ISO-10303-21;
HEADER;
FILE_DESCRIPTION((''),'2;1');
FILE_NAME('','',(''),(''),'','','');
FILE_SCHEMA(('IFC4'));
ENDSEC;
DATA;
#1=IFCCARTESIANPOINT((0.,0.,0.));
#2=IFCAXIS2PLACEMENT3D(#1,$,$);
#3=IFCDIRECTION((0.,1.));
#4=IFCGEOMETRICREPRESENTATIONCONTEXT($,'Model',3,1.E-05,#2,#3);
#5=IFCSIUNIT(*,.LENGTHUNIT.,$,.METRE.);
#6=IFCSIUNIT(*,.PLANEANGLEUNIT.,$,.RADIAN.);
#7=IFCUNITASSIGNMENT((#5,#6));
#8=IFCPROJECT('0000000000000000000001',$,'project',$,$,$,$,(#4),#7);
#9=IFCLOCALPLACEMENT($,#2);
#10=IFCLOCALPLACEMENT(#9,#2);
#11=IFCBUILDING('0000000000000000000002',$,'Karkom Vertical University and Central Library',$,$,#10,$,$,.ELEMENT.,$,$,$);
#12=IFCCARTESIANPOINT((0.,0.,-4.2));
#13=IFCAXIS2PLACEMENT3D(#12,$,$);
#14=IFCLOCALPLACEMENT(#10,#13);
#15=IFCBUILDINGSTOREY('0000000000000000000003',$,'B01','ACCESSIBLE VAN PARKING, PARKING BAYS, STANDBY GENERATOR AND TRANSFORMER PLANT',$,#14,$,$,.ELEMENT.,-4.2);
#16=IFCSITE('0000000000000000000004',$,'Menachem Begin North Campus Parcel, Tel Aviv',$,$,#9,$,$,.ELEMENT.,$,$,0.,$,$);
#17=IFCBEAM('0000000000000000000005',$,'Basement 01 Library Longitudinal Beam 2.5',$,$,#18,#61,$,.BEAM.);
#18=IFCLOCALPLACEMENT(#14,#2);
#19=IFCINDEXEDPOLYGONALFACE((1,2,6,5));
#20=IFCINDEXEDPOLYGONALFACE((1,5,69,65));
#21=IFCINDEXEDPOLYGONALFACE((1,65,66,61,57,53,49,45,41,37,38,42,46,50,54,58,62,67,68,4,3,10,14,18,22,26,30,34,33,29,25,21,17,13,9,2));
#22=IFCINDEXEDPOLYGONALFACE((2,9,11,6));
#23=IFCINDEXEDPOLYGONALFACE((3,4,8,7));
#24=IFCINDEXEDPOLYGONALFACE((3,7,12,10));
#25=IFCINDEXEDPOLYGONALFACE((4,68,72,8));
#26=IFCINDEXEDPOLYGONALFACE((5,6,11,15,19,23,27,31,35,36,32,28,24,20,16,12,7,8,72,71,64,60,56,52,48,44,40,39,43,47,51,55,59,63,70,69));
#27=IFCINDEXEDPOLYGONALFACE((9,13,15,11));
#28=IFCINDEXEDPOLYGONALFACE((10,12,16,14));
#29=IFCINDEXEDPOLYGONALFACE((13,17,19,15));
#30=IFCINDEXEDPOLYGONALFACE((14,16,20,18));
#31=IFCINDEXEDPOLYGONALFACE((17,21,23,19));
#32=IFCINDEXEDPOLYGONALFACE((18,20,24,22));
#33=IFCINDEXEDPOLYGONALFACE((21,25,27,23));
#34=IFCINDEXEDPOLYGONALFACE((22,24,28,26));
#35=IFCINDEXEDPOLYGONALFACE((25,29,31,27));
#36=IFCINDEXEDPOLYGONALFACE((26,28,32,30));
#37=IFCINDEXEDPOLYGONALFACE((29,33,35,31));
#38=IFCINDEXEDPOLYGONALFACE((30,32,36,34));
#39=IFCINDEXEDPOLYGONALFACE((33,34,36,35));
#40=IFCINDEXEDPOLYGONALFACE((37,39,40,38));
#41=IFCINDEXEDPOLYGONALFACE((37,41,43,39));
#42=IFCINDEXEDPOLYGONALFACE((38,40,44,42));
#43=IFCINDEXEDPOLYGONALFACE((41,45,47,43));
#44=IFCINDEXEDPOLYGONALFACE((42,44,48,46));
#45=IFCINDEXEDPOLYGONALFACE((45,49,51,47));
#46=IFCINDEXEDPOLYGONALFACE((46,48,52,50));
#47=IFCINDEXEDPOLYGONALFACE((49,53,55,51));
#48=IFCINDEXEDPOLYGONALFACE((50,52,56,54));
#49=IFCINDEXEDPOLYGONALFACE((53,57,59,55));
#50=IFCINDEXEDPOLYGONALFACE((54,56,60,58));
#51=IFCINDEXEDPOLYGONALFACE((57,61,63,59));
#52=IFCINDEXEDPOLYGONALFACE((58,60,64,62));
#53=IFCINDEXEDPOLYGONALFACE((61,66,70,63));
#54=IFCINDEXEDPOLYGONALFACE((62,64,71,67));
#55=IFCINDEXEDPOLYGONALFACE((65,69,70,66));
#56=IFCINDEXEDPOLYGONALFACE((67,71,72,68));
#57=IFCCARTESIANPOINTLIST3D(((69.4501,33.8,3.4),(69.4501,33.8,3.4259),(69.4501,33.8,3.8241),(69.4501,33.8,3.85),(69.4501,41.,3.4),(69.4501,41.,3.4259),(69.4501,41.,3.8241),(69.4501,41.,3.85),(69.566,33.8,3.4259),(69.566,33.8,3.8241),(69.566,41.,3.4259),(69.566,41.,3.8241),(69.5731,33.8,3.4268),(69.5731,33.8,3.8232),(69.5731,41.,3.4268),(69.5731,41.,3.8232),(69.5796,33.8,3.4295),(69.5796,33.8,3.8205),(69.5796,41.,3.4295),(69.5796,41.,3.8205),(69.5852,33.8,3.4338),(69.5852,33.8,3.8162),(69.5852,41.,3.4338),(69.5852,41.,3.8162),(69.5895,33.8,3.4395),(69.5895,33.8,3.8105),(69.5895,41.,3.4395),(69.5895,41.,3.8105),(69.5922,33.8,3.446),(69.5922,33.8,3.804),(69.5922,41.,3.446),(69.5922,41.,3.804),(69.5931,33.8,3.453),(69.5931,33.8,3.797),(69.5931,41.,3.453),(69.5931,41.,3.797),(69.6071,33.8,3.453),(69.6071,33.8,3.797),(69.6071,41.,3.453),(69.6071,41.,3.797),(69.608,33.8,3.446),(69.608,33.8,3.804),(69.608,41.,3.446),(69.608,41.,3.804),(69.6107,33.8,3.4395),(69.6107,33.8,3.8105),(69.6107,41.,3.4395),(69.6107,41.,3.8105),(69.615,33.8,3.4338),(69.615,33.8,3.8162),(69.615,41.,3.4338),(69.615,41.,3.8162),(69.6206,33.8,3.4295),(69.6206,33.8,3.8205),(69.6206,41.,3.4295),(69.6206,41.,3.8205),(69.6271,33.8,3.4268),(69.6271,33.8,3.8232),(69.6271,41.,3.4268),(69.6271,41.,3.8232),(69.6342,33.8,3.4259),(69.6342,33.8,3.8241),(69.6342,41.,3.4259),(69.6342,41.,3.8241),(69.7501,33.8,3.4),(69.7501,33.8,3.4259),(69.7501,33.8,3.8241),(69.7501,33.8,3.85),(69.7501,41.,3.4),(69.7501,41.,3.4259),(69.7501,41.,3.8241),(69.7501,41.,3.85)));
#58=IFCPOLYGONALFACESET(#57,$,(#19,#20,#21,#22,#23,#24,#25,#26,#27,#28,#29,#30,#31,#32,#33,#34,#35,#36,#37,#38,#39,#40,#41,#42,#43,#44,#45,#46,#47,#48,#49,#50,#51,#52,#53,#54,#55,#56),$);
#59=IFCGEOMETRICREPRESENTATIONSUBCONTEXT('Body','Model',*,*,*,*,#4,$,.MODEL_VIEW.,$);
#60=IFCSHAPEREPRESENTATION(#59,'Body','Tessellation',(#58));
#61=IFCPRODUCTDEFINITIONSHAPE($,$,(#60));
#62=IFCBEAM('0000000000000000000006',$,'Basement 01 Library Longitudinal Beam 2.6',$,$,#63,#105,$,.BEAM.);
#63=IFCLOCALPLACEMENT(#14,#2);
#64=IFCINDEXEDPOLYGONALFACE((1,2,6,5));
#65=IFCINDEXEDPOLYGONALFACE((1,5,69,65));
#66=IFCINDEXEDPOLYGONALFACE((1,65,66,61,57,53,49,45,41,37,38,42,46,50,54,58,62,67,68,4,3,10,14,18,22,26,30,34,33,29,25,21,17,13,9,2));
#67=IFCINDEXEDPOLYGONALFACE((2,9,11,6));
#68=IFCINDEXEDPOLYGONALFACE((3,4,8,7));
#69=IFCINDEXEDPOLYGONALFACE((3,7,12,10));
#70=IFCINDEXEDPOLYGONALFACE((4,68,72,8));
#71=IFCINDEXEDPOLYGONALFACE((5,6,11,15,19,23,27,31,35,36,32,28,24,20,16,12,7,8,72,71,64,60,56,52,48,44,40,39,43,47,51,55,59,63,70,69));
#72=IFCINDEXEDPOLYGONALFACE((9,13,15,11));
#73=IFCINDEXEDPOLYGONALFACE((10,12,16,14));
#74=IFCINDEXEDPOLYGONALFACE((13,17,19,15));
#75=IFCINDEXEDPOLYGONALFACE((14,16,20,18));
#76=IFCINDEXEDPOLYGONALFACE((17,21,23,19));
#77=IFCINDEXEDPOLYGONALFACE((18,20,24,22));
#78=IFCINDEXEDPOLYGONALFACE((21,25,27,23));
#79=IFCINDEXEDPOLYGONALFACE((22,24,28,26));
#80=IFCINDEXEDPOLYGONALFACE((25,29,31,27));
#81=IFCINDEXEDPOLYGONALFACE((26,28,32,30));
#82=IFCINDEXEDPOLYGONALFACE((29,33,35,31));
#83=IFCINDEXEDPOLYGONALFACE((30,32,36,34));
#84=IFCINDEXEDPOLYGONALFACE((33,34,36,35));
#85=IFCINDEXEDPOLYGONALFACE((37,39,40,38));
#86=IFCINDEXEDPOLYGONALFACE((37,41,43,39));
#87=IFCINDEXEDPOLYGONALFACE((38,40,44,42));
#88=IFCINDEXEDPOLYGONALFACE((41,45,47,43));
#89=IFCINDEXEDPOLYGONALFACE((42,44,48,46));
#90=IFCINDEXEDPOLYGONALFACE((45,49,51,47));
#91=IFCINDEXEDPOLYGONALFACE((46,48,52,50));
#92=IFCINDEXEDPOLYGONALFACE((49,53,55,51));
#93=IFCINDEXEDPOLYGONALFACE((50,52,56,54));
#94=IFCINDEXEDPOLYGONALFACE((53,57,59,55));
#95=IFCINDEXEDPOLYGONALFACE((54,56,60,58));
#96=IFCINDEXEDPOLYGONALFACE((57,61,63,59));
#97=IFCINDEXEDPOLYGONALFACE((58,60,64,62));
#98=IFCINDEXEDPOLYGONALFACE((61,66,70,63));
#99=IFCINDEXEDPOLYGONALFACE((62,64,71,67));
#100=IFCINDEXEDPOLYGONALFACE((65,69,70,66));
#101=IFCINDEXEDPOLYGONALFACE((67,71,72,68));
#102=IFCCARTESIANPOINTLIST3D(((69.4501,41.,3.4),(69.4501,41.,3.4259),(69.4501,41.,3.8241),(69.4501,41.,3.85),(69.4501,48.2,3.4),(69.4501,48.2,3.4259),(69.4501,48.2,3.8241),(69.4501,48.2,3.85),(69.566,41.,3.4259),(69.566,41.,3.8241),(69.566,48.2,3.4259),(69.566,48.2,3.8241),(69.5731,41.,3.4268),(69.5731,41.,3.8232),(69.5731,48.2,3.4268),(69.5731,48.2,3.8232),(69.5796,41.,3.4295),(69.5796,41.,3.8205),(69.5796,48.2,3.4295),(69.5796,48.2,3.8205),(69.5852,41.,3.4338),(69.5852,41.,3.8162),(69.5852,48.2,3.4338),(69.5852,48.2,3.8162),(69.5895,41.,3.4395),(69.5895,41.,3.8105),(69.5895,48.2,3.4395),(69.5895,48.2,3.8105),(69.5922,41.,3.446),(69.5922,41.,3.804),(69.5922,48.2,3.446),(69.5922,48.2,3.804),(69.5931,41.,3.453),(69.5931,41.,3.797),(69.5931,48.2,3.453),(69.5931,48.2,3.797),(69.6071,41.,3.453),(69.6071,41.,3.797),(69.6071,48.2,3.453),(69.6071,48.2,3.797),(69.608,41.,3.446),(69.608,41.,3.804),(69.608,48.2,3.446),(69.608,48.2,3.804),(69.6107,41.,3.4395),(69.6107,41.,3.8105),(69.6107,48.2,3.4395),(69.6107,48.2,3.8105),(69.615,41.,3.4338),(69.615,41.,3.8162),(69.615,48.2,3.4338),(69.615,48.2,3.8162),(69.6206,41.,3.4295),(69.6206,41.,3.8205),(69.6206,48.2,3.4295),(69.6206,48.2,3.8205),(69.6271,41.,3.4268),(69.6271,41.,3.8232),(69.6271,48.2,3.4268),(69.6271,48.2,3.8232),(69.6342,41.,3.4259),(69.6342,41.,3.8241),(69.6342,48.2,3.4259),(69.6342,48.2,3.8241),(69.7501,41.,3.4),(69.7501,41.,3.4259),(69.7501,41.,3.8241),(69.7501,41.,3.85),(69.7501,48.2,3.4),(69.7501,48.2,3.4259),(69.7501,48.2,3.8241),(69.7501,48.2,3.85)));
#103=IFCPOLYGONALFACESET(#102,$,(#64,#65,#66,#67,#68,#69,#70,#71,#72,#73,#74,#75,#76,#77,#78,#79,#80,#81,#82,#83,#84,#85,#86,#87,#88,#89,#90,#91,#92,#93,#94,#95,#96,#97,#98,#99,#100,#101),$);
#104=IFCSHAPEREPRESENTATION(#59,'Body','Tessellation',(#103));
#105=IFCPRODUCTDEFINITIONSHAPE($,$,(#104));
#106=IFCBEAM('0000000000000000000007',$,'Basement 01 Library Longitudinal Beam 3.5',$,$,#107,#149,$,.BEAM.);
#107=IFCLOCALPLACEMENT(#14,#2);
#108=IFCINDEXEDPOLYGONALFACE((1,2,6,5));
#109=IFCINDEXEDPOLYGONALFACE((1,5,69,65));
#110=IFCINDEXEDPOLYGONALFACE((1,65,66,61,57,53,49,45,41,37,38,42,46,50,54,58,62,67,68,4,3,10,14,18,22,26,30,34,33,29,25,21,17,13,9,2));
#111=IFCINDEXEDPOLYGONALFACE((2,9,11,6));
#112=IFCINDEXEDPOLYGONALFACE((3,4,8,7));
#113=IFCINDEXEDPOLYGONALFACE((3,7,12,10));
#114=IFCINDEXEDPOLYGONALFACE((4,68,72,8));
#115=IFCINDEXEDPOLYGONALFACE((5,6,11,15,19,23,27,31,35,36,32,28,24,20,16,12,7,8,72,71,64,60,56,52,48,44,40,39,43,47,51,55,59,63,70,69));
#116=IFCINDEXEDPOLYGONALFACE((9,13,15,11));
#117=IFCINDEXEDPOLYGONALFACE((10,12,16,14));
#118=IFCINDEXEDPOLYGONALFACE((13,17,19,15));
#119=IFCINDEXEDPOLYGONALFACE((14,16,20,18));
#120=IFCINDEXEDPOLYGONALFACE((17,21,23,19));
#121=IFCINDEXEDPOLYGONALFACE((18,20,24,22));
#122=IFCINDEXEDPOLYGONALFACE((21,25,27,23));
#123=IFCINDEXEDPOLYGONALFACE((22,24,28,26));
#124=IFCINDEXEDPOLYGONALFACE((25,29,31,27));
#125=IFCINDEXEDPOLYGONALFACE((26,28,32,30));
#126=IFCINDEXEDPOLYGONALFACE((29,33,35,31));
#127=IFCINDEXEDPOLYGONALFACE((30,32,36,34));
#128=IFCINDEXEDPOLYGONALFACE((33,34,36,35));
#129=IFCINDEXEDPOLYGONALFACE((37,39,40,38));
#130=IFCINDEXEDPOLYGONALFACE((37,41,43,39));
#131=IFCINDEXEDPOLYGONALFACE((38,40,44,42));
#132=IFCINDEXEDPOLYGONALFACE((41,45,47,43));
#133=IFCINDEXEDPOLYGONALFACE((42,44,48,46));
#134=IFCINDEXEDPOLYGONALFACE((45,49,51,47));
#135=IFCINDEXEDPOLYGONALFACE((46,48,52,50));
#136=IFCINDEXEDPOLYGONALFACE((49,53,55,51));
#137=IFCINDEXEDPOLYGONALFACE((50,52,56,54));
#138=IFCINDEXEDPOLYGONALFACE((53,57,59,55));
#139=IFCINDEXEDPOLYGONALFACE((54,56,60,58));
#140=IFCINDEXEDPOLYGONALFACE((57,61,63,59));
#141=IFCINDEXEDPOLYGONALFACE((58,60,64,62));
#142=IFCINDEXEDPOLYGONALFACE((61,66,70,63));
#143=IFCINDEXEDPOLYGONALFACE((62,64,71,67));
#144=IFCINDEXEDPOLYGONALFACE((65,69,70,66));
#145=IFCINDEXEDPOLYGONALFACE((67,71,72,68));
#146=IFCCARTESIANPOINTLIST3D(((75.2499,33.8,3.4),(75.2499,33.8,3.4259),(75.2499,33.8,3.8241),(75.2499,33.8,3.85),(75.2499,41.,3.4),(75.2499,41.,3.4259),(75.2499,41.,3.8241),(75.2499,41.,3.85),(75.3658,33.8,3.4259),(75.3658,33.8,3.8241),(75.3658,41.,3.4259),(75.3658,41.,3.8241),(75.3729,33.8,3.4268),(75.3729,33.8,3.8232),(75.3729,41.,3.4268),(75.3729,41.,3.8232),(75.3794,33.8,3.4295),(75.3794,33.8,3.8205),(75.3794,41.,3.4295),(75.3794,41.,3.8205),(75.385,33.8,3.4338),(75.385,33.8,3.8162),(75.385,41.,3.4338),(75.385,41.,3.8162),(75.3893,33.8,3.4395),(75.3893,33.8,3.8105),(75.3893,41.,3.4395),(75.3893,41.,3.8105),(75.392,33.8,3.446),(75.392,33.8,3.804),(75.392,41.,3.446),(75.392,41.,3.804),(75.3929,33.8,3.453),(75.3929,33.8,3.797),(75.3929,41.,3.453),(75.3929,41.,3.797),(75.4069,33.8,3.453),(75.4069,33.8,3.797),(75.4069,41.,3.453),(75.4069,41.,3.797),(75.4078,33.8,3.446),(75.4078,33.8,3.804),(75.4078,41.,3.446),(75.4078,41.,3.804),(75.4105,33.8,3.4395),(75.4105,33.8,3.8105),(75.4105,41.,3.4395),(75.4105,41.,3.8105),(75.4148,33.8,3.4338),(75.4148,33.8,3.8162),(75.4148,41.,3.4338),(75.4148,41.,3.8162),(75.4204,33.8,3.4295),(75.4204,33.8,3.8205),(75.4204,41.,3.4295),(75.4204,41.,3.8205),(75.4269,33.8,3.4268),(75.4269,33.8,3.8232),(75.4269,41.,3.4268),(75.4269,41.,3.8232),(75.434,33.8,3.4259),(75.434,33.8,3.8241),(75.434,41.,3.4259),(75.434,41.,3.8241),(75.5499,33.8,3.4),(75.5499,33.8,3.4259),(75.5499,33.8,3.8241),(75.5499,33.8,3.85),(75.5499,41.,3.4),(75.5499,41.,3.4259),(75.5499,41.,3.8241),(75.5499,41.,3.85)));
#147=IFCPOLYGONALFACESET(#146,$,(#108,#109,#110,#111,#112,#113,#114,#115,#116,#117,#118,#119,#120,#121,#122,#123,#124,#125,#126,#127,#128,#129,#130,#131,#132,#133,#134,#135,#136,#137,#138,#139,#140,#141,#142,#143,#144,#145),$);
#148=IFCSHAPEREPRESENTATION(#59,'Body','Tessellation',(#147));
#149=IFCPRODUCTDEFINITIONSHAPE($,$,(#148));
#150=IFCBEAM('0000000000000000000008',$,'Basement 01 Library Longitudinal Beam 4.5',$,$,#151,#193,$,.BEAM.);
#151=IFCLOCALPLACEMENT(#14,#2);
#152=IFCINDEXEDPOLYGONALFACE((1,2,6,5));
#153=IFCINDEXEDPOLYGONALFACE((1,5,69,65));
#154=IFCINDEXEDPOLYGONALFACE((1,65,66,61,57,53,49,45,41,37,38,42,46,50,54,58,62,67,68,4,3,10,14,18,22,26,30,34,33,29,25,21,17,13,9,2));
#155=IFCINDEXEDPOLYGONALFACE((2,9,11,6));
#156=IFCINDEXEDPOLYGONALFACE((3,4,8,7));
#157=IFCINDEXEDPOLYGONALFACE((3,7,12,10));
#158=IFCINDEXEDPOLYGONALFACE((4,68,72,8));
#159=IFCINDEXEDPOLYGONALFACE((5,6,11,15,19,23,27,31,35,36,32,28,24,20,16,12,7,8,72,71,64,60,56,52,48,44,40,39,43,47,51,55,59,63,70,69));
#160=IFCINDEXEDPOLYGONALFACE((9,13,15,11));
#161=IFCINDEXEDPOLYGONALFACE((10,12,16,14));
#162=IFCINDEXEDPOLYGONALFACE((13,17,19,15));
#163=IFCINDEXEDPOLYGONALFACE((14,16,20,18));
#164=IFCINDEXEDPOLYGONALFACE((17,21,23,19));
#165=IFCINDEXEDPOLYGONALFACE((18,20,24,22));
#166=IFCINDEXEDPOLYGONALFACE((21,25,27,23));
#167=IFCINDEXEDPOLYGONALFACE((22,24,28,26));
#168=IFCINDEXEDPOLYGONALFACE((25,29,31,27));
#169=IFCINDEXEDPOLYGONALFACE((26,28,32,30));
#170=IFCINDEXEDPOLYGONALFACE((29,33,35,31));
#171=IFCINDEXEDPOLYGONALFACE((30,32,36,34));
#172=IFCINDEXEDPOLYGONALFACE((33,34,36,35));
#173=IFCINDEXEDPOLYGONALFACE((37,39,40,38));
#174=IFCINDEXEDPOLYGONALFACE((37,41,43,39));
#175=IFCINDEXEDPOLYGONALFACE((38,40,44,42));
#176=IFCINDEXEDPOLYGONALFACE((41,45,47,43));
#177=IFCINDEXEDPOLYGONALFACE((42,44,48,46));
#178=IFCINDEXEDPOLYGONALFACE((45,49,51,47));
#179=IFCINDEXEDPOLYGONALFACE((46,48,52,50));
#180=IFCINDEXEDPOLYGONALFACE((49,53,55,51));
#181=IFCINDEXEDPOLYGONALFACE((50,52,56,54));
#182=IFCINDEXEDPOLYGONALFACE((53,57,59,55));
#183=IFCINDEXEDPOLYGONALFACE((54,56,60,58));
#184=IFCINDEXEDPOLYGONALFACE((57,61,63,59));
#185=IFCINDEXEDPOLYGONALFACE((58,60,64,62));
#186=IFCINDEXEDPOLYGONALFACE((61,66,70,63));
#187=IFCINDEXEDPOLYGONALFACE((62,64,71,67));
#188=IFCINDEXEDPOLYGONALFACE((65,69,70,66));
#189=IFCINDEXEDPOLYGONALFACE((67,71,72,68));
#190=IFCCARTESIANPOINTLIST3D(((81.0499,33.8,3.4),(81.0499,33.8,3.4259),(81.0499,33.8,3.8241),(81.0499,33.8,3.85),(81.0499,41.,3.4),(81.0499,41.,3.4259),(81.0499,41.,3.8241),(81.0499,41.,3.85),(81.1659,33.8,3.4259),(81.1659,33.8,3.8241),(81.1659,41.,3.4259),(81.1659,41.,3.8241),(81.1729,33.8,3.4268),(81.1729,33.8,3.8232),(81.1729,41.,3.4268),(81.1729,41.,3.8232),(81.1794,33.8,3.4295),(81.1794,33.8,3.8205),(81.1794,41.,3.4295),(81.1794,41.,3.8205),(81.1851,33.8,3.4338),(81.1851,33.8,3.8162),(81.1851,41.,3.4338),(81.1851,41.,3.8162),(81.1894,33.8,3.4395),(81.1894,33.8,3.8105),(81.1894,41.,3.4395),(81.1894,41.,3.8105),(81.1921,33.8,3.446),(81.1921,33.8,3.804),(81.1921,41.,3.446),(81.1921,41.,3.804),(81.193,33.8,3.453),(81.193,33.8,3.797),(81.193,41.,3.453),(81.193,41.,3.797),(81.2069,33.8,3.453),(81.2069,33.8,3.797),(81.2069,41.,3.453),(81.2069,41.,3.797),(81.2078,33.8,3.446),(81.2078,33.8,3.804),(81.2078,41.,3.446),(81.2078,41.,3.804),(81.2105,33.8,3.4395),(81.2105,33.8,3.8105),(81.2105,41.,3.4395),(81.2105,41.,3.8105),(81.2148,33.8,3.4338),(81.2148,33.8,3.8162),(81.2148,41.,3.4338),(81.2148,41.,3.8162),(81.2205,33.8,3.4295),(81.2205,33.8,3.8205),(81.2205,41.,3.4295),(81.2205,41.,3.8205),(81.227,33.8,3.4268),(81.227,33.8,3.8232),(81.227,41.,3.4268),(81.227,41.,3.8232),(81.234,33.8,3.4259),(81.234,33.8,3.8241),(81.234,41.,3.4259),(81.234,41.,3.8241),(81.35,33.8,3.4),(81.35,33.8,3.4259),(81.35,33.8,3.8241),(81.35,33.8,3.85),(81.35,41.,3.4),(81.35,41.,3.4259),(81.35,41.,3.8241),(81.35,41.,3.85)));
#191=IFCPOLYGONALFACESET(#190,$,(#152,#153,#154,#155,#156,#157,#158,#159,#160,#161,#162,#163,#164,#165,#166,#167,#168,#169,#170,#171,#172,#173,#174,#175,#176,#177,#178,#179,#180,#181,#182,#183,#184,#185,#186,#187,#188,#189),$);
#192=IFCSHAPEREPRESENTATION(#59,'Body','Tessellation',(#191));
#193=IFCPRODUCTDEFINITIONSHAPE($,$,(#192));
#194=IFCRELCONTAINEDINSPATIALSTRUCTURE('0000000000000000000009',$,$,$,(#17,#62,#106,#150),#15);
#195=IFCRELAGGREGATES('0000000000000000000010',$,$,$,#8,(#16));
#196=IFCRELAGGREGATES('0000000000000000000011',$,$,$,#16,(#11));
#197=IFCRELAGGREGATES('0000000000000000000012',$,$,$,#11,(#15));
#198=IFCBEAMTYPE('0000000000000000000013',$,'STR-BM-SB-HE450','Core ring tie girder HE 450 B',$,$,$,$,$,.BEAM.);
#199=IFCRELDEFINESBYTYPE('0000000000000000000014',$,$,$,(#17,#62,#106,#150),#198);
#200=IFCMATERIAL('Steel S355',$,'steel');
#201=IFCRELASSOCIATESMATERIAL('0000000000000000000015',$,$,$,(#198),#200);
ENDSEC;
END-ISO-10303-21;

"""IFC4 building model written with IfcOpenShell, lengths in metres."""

from ifc_helpers import new_model, si_unit, direction, frame, origin, origin_with_axes, origin_2d, place, context, subcontext, project, spatial, i_section, extrude, source, transform, mapped, material, material_profile, profile_set, type_object, element, save


model = new_model("IFC4")

# Units and contexts
model_context = context("Model", 3, precision=1e-05, world=origin(), true_north=direction((0.0, 1.0)))
body_context = subcontext(model_context, "Body", "Model", "MODEL_VIEW")
ifc_project = project(units=[si_unit("LENGTHUNIT", "METRE"), si_unit("PLANEANGLEUNIT", "RADIAN")], contexts=[model_context])

# Site, building, storey
site_placement = place(None, origin())
site = spatial("IfcSite", under=ifc_project, at=site_placement, Name="Menachem Begin North Campus Parcel, Tel Aviv", CompositionType="ELEMENT", RefElevation=0.0)
building_placement = place(site_placement, origin())
building = spatial("IfcBuilding", under=site, at=building_placement, Name="Karkom Vertical University and Central Library", CompositionType="ELEMENT")
storey_placement = place(building_placement, frame((0.0, 0.0, -4.2)))
storey = spatial("IfcBuildingStorey", under=building, at=storey_placement, Name="B01", Description="ACCESSIBLE VAN PARKING, PARKING BAYS, STANDBY GENERATOR AND TRANSFORMER PLANT", CompositionType="ELEMENT", Elevation=-4.2)

# Beams
ifc_material_1 = material(Name="Steel S355", Category="steel")
ifc_material_profile_1 = material_profile(ifc_material_1, i_section(OverallWidth=0.3, OverallDepth=0.45, WebThickness=0.0139, FlangeThickness=0.0259, FilletRadius=0.0271, at=origin_2d()), Name="HE 450 B")
ifc_profile_set_1 = profile_set([ifc_material_profile_1], Name="Steel S355")
beam_type_1 = type_object("IfcBeamType", Name="STR-BM-SB-HE450", Description="Core ring tie girder HE 450 B", PredefinedType="BEAM", material=ifc_profile_set_1)
shared_shape_1 = source(origin_with_axes(), body_context, "Body", "SweptSolid", [
    extrude(i_section(OverallWidth=0.3, OverallDepth=0.45, WebThickness=0.0139, FlangeThickness=0.0259, FilletRadius=0.0271, at=origin_2d()), origin(), (0.0, 0.0, 1.0), 7.2),
])
for number, where, z_axis, x_axis, name in (
    (1, (69.6001, 33.8, 3.625), (0.0, 1.0, 0.0), (-1.0, 0.0, 0.0), "Basement 01 Library Longitudinal Beam 2.5"),
    (2, (69.6001, 41.0, 3.625), (0.0, 1.0, 0.0), (-1.0, 0.0, 0.0), "Basement 01 Library Longitudinal Beam 2.6"),
    (3, (75.3999, 33.8, 3.625), (0.0, 1.0, 0.0), (-1.0, 0.0, 0.0), "Basement 01 Library Longitudinal Beam 3.5"),
    (4, (81.2, 33.8, 3.625), (0.0, 1.0, 0.0), (-1.0, 0.0, 0.0), "Basement 01 Library Longitudinal Beam 4.5"),
):
    element("IfcBeam", number, at=place(storey_placement, frame(where, z_axis=z_axis, x_axis=x_axis)), inside=storey, type_object=beam_type_1, Name=name, PredefinedType="BEAM", context=body_context, shape_type="MappedRepresentation", body=[
        mapped(shared_shape_1, transform((0.0, 0.0, 0.0), scale=1.0)),
    ])

save(model, "model.ifc")
